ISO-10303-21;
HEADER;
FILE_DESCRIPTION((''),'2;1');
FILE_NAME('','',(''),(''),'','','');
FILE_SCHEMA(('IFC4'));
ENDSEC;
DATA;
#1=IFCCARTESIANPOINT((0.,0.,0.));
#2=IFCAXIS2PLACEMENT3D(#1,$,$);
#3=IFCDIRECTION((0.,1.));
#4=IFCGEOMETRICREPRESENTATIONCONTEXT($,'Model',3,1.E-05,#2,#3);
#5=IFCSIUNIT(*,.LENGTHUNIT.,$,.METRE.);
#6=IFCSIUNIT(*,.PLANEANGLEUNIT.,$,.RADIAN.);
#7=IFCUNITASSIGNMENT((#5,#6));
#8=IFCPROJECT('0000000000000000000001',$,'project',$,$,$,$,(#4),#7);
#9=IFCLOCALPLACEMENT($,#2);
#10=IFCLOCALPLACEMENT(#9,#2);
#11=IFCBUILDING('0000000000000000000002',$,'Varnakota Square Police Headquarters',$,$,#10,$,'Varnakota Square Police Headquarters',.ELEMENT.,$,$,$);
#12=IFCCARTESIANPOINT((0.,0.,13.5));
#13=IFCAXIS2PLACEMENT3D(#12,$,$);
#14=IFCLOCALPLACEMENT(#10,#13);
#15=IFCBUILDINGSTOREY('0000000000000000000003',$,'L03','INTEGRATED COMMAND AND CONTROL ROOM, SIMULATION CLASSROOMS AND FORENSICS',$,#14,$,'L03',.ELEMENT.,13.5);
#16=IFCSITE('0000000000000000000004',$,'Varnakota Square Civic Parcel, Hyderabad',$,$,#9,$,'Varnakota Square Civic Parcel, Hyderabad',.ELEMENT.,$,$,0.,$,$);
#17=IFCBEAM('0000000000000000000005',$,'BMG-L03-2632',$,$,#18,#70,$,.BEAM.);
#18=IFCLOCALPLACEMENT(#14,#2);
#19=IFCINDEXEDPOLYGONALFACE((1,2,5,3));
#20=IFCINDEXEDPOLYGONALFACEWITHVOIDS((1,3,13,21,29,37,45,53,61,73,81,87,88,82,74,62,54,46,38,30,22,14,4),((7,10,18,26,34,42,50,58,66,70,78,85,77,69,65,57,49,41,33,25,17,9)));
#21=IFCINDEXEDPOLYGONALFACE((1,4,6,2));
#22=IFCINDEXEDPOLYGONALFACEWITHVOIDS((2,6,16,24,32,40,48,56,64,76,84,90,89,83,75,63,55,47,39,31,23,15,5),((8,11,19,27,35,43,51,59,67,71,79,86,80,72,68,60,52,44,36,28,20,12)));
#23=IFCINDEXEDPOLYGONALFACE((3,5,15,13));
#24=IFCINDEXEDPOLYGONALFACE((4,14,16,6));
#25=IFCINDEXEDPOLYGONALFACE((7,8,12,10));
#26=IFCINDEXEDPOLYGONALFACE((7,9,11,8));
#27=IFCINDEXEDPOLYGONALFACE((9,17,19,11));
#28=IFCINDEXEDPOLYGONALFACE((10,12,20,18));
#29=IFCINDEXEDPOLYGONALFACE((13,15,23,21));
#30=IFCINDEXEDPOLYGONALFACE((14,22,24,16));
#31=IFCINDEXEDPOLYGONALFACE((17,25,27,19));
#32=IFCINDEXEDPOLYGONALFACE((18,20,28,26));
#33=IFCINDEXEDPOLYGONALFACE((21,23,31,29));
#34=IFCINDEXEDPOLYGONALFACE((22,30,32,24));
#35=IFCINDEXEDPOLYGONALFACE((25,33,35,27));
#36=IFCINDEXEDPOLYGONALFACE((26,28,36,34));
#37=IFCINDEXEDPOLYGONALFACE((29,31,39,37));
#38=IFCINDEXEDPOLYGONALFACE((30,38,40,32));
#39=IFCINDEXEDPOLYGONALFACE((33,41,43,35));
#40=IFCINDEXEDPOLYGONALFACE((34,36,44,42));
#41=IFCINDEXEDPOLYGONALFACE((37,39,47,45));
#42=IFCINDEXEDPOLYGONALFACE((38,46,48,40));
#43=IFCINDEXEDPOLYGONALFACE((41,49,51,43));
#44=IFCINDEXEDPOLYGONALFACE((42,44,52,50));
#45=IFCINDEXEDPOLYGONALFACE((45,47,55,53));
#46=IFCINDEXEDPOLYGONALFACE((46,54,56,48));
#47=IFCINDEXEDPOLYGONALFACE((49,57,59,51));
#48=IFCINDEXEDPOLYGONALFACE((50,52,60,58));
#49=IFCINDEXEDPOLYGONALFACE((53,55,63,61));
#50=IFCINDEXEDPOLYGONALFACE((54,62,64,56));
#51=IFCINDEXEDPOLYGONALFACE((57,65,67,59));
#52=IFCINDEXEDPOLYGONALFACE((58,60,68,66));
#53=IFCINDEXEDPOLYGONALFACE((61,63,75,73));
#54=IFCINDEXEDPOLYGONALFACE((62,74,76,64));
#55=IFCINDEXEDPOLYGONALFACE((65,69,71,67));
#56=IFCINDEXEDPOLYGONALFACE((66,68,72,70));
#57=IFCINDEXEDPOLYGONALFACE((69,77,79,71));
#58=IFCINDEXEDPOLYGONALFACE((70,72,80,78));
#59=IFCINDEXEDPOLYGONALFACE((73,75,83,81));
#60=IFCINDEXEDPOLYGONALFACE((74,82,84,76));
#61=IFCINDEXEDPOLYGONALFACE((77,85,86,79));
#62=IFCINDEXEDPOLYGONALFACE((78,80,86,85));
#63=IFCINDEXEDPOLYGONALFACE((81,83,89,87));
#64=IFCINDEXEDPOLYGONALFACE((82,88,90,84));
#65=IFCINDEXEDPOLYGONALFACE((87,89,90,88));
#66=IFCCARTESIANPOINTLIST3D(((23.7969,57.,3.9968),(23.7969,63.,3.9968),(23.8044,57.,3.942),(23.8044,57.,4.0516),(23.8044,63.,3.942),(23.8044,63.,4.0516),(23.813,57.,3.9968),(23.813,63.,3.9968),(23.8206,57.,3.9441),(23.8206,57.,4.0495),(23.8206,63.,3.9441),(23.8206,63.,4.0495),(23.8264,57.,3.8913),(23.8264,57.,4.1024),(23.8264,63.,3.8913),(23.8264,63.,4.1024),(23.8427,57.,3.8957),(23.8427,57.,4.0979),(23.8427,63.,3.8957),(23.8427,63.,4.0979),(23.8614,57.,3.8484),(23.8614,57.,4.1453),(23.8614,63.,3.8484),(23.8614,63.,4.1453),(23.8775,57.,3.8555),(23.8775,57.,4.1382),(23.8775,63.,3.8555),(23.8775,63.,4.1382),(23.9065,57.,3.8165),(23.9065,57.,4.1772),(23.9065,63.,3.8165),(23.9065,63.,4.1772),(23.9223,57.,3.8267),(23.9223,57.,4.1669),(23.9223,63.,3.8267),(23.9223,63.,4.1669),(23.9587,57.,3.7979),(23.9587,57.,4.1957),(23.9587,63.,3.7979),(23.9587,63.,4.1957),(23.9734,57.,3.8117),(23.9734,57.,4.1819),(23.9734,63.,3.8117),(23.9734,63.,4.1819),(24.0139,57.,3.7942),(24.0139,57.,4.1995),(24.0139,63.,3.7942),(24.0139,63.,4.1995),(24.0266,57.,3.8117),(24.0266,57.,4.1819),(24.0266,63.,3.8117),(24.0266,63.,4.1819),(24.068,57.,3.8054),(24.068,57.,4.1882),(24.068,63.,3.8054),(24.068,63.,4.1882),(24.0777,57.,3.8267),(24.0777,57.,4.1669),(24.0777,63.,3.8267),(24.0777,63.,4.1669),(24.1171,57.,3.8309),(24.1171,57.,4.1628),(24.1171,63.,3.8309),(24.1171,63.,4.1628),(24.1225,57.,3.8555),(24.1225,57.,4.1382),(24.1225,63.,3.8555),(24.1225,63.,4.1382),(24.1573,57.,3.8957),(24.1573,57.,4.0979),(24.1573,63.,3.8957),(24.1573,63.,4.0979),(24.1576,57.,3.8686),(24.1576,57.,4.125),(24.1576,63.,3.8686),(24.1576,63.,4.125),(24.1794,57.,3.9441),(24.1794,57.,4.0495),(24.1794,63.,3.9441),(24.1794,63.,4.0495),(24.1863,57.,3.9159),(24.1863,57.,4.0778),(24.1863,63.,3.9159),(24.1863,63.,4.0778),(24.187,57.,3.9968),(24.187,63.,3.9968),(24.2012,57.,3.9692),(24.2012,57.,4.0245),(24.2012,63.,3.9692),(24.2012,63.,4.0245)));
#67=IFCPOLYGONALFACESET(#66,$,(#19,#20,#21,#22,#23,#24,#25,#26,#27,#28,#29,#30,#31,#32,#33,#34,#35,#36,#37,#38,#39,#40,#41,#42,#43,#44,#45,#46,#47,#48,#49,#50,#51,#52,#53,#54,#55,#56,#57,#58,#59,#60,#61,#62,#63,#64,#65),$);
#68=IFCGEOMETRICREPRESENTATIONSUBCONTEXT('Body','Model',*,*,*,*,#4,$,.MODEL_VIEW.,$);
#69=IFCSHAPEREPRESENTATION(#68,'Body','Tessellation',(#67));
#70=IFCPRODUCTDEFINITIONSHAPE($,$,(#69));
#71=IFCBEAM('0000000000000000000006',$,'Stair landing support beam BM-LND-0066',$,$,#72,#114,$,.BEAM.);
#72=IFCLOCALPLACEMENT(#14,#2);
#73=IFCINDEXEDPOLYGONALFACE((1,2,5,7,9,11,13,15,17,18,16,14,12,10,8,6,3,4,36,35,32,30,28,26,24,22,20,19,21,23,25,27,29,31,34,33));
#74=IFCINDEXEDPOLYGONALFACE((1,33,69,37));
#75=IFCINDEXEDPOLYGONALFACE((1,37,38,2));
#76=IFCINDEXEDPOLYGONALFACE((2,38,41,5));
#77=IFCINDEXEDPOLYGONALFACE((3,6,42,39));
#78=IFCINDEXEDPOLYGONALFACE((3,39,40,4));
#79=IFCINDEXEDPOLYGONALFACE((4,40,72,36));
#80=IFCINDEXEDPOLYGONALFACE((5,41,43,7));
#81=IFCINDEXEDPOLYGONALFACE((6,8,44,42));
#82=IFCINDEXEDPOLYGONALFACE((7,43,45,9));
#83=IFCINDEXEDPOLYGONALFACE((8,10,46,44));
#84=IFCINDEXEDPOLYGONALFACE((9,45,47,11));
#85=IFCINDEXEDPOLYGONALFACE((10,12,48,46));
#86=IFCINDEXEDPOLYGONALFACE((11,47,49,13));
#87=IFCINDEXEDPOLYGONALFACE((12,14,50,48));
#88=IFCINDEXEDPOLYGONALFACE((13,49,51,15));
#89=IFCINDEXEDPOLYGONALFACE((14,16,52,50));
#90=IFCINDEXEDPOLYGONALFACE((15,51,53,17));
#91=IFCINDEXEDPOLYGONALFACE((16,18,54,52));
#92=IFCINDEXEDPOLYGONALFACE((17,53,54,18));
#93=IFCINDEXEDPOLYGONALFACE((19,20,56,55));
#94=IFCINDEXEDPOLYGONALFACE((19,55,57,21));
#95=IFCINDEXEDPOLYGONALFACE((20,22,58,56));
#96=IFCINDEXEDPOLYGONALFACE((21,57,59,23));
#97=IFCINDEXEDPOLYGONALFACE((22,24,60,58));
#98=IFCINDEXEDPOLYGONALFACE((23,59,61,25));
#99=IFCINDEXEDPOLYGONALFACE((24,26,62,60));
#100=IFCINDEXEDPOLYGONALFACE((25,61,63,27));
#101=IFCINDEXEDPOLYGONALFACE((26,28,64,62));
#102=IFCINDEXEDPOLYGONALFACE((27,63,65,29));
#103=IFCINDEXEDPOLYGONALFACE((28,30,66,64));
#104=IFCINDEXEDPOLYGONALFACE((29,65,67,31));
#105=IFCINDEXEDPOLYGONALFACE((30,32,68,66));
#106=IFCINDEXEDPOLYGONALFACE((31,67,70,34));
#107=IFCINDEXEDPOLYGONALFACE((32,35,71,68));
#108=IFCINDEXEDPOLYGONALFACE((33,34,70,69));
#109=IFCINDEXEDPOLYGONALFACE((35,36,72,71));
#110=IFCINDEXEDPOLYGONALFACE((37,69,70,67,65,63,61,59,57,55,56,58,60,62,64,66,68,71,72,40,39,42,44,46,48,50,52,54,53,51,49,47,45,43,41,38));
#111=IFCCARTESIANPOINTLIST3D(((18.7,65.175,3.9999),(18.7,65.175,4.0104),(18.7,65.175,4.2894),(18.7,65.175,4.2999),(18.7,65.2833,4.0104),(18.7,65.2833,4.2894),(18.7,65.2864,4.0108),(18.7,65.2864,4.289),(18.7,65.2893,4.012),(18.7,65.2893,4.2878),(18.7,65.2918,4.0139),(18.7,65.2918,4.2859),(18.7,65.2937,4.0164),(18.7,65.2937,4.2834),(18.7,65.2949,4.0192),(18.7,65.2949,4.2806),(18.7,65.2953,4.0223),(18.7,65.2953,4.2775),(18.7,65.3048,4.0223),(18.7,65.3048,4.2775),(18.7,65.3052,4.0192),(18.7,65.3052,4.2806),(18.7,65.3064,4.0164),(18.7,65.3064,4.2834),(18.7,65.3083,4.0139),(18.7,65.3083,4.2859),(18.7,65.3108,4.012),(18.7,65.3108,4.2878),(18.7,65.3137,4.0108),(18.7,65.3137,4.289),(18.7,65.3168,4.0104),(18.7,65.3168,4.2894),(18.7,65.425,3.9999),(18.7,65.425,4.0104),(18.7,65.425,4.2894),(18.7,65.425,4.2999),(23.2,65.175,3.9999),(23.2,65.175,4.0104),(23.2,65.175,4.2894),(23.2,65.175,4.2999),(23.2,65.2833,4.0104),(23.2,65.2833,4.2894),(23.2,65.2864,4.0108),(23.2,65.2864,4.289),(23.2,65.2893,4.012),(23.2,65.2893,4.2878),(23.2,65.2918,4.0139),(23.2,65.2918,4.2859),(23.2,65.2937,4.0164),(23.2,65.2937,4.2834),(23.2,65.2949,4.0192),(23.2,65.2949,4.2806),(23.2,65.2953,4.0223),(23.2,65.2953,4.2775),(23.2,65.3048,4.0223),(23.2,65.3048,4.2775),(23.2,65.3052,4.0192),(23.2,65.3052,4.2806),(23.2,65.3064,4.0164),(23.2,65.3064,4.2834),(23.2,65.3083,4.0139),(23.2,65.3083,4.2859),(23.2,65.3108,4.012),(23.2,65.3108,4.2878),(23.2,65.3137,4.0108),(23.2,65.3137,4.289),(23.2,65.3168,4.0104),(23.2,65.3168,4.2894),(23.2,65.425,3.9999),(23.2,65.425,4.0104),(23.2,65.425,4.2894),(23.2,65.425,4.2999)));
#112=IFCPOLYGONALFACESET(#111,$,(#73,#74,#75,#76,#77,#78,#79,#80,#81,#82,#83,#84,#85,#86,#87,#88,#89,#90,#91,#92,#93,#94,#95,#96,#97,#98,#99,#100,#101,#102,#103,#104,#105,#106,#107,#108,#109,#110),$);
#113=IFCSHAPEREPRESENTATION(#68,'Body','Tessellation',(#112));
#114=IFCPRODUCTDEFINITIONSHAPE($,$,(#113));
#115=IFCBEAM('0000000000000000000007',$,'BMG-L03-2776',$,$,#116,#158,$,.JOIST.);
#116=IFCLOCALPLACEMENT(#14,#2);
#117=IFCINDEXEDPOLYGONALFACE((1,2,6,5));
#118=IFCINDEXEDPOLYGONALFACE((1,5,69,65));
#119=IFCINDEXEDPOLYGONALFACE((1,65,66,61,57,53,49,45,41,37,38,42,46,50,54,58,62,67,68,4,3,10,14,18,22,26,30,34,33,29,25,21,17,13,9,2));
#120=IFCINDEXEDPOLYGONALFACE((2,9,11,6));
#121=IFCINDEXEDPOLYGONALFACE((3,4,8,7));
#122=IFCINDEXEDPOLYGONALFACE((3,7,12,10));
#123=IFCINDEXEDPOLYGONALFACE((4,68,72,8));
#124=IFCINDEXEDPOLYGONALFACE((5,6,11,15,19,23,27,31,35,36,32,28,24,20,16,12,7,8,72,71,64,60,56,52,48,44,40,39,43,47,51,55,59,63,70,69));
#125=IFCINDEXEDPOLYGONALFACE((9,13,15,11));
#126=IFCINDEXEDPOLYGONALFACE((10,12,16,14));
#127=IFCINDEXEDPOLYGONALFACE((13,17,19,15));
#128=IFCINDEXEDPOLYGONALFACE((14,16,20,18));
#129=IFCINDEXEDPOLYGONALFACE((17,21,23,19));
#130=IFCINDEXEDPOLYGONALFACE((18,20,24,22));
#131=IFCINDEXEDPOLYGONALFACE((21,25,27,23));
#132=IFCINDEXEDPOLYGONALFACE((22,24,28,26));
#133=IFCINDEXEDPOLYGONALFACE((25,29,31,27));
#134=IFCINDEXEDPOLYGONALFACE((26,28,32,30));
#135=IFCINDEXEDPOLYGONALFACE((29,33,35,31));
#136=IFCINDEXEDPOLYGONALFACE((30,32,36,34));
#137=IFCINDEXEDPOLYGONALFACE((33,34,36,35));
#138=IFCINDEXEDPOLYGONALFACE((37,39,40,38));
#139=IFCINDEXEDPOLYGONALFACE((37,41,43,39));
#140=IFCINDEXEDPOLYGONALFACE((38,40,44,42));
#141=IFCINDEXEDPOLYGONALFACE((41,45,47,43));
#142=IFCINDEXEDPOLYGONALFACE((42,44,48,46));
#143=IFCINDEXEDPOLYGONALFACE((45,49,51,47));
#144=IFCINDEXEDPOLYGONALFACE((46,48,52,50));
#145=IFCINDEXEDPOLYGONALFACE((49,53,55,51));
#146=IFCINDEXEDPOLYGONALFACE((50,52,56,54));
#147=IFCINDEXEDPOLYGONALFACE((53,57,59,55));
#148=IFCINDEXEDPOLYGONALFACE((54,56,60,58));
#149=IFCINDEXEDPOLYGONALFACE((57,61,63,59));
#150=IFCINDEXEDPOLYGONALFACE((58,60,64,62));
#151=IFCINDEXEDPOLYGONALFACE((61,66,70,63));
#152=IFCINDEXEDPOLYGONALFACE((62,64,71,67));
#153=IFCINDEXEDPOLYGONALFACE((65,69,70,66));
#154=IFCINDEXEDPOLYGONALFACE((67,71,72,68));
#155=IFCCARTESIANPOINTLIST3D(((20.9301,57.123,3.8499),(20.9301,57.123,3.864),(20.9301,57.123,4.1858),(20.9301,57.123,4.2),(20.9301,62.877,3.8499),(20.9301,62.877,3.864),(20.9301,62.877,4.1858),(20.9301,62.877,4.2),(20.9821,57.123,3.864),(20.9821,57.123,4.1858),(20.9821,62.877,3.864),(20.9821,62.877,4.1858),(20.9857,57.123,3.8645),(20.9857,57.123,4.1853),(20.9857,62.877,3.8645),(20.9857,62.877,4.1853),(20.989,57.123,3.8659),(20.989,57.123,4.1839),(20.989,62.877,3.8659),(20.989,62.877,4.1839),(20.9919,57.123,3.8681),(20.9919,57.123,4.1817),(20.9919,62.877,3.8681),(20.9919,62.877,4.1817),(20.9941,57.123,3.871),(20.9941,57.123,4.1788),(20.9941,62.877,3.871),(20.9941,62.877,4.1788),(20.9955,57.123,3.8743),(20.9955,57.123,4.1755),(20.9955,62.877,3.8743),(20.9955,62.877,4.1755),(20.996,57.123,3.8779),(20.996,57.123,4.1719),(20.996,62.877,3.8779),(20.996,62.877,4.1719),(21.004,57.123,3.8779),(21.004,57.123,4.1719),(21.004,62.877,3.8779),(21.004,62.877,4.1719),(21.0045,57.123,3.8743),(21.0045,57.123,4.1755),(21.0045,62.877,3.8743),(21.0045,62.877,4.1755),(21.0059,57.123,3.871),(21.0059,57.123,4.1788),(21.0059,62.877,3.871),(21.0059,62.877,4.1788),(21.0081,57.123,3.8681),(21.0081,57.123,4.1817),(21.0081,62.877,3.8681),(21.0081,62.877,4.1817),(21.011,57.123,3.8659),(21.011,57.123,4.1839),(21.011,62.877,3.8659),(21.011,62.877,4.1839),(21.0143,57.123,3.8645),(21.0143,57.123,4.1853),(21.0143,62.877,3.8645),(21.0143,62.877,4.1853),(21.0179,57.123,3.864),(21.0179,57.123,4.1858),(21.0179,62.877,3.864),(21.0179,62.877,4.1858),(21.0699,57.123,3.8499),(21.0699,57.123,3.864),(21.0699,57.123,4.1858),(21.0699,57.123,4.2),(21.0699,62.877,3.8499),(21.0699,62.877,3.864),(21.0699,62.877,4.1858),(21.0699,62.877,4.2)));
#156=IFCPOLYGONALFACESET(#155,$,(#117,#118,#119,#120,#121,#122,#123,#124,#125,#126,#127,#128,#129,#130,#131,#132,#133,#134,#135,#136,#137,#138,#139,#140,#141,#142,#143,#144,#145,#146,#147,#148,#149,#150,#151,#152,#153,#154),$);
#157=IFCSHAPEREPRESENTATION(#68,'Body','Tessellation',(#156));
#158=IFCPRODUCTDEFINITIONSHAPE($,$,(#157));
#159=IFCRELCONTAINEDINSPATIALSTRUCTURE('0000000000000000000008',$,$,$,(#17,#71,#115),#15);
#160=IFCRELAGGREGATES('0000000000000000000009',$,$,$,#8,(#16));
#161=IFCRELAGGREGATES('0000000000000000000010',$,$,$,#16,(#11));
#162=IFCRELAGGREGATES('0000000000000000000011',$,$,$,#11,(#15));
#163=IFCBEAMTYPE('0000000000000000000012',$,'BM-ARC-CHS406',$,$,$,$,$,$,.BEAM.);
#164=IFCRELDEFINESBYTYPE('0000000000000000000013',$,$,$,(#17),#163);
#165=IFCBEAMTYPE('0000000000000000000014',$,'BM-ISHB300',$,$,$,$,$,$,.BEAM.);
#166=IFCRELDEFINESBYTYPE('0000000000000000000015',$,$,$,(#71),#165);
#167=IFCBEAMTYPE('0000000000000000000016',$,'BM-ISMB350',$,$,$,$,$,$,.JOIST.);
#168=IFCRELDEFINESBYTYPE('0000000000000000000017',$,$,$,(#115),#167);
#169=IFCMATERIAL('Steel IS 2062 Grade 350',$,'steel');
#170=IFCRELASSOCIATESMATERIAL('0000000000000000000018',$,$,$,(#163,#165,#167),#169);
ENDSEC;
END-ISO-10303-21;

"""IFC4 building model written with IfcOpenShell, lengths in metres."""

from ifc_helpers import new_model, si_unit, direction, frame, origin, origin_2d, place, context, subcontext, project, spatial, hollow_circle, i_section, extrude, material, material_profile, profile_set, type_object, element, save


model = new_model("IFC4")

# Units and contexts
model_context = context("Model", 3, precision=1e-05, world=origin(), true_north=direction((0.0, 1.0)))
body_context = subcontext(model_context, "Body", "Model", "MODEL_VIEW")
ifc_project = project(units=[si_unit("LENGTHUNIT", "METRE"), si_unit("PLANEANGLEUNIT", "RADIAN")], contexts=[model_context])

# Site, building, storey
site_placement = place(None, origin())
site = spatial("IfcSite", under=ifc_project, at=site_placement, Name="Varnakota Square Civic Parcel, Hyderabad", LongName="Varnakota Square Civic Parcel, Hyderabad", CompositionType="ELEMENT", RefElevation=0.0)
building_placement = place(site_placement, origin())
building = spatial("IfcBuilding", under=site, at=building_placement, Name="Varnakota Square Police Headquarters", LongName="Varnakota Square Police Headquarters", CompositionType="ELEMENT")
storey_placement = place(building_placement, frame((0.0, 0.0, 13.5)))
storey = spatial("IfcBuildingStorey", under=building, at=storey_placement, Name="L03", Description="INTEGRATED COMMAND AND CONTROL ROOM, SIMULATION CLASSROOMS AND FORENSICS", LongName="L03", CompositionType="ELEMENT", Elevation=13.5)

# Shared definitions
ifc_material_1 = material(Name="Steel IS 2062 Grade 350", Category="steel")

# Beams
ifc_material_profile_1 = material_profile(ifc_material_1, hollow_circle(Radius=0.2031, WallThickness=0.0161, at=origin_2d()), Name="CHS 406.4x16.0")
ifc_profile_set_1 = profile_set([ifc_material_profile_1], Name="Steel IS 2062 Grade 350")
beam_type_1 = type_object("IfcBeamType", Name="BM-ARC-CHS406", PredefinedType="BEAM", material=ifc_profile_set_1)
beam_1_placement = place(storey_placement, frame((24.0, 57.0, 3.9968), z_axis=(0.0, 1.0, 0.0), x_axis=(-1.0, 0.0, 0.0)))
element("IfcBeam", 1, at=beam_1_placement, inside=storey, type_object=beam_type_1, Name="BMG-L03-2632", PredefinedType="BEAM", context=body_context, shape_type="SweptSolid", body=[
    extrude(hollow_circle(Radius=0.2031, WallThickness=0.0161, at=origin_2d()), origin(), (0.0, 0.0, 1.0), 6.0),
])
ifc_material_profile_2 = material_profile(ifc_material_1, i_section(OverallWidth=0.25, OverallDepth=0.3, WebThickness=0.0095, FlangeThickness=0.0105, FilletRadius=0.012, at=origin_2d()), Name="ISHB 300")
ifc_profile_set_2 = profile_set([ifc_material_profile_2], Name="Steel IS 2062 Grade 350")
beam_type_2 = type_object("IfcBeamType", Name="BM-ISHB300", PredefinedType="BEAM", material=ifc_profile_set_2)
beam_2_placement = place(storey_placement, frame((18.7, 65.3, 4.1499), z_axis=(1.0, 0.0, 0.0), x_axis=(0.0, 1.0, 0.0)))
element("IfcBeam", 2, at=beam_2_placement, inside=storey, type_object=beam_type_2, Name="Stair landing support beam BM-LND-0066", PredefinedType="BEAM", context=body_context, shape_type="SweptSolid", body=[
    extrude(i_section(OverallWidth=0.25, OverallDepth=0.3, WebThickness=0.0095, FlangeThickness=0.0105, FilletRadius=0.012, at=origin_2d()), origin(), (0.0, 0.0, 1.0), 4.5),
])
ifc_material_profile_3 = material_profile(ifc_material_1, i_section(OverallWidth=0.1399, OverallDepth=0.3501, WebThickness=0.0081, FlangeThickness=0.0142, FilletRadius=0.0139, at=origin_2d()), Name="ISMB 350")
ifc_profile_set_3 = profile_set([ifc_material_profile_3], Name="Steel IS 2062 Grade 350")
beam_type_3 = type_object("IfcBeamType", Name="BM-ISMB350", PredefinedType="JOIST", material=ifc_profile_set_3)
beam_3_placement = place(storey_placement, frame((21.0, 57.123, 4.0249), z_axis=(0.0, 1.0, 0.0), x_axis=(-1.0, 0.0, 0.0)))
element("IfcBeam", 3, at=beam_3_placement, inside=storey, type_object=beam_type_3, Name="BMG-L03-2776", PredefinedType="JOIST", context=body_context, shape_type="SweptSolid", body=[
    extrude(i_section(OverallWidth=0.1399, OverallDepth=0.3501, WebThickness=0.0081, FlangeThickness=0.0142, FilletRadius=0.0139, at=origin_2d()), origin(), (0.0, 0.0, 1.0), 5.7539),
])

save(model, "model.ifc")
